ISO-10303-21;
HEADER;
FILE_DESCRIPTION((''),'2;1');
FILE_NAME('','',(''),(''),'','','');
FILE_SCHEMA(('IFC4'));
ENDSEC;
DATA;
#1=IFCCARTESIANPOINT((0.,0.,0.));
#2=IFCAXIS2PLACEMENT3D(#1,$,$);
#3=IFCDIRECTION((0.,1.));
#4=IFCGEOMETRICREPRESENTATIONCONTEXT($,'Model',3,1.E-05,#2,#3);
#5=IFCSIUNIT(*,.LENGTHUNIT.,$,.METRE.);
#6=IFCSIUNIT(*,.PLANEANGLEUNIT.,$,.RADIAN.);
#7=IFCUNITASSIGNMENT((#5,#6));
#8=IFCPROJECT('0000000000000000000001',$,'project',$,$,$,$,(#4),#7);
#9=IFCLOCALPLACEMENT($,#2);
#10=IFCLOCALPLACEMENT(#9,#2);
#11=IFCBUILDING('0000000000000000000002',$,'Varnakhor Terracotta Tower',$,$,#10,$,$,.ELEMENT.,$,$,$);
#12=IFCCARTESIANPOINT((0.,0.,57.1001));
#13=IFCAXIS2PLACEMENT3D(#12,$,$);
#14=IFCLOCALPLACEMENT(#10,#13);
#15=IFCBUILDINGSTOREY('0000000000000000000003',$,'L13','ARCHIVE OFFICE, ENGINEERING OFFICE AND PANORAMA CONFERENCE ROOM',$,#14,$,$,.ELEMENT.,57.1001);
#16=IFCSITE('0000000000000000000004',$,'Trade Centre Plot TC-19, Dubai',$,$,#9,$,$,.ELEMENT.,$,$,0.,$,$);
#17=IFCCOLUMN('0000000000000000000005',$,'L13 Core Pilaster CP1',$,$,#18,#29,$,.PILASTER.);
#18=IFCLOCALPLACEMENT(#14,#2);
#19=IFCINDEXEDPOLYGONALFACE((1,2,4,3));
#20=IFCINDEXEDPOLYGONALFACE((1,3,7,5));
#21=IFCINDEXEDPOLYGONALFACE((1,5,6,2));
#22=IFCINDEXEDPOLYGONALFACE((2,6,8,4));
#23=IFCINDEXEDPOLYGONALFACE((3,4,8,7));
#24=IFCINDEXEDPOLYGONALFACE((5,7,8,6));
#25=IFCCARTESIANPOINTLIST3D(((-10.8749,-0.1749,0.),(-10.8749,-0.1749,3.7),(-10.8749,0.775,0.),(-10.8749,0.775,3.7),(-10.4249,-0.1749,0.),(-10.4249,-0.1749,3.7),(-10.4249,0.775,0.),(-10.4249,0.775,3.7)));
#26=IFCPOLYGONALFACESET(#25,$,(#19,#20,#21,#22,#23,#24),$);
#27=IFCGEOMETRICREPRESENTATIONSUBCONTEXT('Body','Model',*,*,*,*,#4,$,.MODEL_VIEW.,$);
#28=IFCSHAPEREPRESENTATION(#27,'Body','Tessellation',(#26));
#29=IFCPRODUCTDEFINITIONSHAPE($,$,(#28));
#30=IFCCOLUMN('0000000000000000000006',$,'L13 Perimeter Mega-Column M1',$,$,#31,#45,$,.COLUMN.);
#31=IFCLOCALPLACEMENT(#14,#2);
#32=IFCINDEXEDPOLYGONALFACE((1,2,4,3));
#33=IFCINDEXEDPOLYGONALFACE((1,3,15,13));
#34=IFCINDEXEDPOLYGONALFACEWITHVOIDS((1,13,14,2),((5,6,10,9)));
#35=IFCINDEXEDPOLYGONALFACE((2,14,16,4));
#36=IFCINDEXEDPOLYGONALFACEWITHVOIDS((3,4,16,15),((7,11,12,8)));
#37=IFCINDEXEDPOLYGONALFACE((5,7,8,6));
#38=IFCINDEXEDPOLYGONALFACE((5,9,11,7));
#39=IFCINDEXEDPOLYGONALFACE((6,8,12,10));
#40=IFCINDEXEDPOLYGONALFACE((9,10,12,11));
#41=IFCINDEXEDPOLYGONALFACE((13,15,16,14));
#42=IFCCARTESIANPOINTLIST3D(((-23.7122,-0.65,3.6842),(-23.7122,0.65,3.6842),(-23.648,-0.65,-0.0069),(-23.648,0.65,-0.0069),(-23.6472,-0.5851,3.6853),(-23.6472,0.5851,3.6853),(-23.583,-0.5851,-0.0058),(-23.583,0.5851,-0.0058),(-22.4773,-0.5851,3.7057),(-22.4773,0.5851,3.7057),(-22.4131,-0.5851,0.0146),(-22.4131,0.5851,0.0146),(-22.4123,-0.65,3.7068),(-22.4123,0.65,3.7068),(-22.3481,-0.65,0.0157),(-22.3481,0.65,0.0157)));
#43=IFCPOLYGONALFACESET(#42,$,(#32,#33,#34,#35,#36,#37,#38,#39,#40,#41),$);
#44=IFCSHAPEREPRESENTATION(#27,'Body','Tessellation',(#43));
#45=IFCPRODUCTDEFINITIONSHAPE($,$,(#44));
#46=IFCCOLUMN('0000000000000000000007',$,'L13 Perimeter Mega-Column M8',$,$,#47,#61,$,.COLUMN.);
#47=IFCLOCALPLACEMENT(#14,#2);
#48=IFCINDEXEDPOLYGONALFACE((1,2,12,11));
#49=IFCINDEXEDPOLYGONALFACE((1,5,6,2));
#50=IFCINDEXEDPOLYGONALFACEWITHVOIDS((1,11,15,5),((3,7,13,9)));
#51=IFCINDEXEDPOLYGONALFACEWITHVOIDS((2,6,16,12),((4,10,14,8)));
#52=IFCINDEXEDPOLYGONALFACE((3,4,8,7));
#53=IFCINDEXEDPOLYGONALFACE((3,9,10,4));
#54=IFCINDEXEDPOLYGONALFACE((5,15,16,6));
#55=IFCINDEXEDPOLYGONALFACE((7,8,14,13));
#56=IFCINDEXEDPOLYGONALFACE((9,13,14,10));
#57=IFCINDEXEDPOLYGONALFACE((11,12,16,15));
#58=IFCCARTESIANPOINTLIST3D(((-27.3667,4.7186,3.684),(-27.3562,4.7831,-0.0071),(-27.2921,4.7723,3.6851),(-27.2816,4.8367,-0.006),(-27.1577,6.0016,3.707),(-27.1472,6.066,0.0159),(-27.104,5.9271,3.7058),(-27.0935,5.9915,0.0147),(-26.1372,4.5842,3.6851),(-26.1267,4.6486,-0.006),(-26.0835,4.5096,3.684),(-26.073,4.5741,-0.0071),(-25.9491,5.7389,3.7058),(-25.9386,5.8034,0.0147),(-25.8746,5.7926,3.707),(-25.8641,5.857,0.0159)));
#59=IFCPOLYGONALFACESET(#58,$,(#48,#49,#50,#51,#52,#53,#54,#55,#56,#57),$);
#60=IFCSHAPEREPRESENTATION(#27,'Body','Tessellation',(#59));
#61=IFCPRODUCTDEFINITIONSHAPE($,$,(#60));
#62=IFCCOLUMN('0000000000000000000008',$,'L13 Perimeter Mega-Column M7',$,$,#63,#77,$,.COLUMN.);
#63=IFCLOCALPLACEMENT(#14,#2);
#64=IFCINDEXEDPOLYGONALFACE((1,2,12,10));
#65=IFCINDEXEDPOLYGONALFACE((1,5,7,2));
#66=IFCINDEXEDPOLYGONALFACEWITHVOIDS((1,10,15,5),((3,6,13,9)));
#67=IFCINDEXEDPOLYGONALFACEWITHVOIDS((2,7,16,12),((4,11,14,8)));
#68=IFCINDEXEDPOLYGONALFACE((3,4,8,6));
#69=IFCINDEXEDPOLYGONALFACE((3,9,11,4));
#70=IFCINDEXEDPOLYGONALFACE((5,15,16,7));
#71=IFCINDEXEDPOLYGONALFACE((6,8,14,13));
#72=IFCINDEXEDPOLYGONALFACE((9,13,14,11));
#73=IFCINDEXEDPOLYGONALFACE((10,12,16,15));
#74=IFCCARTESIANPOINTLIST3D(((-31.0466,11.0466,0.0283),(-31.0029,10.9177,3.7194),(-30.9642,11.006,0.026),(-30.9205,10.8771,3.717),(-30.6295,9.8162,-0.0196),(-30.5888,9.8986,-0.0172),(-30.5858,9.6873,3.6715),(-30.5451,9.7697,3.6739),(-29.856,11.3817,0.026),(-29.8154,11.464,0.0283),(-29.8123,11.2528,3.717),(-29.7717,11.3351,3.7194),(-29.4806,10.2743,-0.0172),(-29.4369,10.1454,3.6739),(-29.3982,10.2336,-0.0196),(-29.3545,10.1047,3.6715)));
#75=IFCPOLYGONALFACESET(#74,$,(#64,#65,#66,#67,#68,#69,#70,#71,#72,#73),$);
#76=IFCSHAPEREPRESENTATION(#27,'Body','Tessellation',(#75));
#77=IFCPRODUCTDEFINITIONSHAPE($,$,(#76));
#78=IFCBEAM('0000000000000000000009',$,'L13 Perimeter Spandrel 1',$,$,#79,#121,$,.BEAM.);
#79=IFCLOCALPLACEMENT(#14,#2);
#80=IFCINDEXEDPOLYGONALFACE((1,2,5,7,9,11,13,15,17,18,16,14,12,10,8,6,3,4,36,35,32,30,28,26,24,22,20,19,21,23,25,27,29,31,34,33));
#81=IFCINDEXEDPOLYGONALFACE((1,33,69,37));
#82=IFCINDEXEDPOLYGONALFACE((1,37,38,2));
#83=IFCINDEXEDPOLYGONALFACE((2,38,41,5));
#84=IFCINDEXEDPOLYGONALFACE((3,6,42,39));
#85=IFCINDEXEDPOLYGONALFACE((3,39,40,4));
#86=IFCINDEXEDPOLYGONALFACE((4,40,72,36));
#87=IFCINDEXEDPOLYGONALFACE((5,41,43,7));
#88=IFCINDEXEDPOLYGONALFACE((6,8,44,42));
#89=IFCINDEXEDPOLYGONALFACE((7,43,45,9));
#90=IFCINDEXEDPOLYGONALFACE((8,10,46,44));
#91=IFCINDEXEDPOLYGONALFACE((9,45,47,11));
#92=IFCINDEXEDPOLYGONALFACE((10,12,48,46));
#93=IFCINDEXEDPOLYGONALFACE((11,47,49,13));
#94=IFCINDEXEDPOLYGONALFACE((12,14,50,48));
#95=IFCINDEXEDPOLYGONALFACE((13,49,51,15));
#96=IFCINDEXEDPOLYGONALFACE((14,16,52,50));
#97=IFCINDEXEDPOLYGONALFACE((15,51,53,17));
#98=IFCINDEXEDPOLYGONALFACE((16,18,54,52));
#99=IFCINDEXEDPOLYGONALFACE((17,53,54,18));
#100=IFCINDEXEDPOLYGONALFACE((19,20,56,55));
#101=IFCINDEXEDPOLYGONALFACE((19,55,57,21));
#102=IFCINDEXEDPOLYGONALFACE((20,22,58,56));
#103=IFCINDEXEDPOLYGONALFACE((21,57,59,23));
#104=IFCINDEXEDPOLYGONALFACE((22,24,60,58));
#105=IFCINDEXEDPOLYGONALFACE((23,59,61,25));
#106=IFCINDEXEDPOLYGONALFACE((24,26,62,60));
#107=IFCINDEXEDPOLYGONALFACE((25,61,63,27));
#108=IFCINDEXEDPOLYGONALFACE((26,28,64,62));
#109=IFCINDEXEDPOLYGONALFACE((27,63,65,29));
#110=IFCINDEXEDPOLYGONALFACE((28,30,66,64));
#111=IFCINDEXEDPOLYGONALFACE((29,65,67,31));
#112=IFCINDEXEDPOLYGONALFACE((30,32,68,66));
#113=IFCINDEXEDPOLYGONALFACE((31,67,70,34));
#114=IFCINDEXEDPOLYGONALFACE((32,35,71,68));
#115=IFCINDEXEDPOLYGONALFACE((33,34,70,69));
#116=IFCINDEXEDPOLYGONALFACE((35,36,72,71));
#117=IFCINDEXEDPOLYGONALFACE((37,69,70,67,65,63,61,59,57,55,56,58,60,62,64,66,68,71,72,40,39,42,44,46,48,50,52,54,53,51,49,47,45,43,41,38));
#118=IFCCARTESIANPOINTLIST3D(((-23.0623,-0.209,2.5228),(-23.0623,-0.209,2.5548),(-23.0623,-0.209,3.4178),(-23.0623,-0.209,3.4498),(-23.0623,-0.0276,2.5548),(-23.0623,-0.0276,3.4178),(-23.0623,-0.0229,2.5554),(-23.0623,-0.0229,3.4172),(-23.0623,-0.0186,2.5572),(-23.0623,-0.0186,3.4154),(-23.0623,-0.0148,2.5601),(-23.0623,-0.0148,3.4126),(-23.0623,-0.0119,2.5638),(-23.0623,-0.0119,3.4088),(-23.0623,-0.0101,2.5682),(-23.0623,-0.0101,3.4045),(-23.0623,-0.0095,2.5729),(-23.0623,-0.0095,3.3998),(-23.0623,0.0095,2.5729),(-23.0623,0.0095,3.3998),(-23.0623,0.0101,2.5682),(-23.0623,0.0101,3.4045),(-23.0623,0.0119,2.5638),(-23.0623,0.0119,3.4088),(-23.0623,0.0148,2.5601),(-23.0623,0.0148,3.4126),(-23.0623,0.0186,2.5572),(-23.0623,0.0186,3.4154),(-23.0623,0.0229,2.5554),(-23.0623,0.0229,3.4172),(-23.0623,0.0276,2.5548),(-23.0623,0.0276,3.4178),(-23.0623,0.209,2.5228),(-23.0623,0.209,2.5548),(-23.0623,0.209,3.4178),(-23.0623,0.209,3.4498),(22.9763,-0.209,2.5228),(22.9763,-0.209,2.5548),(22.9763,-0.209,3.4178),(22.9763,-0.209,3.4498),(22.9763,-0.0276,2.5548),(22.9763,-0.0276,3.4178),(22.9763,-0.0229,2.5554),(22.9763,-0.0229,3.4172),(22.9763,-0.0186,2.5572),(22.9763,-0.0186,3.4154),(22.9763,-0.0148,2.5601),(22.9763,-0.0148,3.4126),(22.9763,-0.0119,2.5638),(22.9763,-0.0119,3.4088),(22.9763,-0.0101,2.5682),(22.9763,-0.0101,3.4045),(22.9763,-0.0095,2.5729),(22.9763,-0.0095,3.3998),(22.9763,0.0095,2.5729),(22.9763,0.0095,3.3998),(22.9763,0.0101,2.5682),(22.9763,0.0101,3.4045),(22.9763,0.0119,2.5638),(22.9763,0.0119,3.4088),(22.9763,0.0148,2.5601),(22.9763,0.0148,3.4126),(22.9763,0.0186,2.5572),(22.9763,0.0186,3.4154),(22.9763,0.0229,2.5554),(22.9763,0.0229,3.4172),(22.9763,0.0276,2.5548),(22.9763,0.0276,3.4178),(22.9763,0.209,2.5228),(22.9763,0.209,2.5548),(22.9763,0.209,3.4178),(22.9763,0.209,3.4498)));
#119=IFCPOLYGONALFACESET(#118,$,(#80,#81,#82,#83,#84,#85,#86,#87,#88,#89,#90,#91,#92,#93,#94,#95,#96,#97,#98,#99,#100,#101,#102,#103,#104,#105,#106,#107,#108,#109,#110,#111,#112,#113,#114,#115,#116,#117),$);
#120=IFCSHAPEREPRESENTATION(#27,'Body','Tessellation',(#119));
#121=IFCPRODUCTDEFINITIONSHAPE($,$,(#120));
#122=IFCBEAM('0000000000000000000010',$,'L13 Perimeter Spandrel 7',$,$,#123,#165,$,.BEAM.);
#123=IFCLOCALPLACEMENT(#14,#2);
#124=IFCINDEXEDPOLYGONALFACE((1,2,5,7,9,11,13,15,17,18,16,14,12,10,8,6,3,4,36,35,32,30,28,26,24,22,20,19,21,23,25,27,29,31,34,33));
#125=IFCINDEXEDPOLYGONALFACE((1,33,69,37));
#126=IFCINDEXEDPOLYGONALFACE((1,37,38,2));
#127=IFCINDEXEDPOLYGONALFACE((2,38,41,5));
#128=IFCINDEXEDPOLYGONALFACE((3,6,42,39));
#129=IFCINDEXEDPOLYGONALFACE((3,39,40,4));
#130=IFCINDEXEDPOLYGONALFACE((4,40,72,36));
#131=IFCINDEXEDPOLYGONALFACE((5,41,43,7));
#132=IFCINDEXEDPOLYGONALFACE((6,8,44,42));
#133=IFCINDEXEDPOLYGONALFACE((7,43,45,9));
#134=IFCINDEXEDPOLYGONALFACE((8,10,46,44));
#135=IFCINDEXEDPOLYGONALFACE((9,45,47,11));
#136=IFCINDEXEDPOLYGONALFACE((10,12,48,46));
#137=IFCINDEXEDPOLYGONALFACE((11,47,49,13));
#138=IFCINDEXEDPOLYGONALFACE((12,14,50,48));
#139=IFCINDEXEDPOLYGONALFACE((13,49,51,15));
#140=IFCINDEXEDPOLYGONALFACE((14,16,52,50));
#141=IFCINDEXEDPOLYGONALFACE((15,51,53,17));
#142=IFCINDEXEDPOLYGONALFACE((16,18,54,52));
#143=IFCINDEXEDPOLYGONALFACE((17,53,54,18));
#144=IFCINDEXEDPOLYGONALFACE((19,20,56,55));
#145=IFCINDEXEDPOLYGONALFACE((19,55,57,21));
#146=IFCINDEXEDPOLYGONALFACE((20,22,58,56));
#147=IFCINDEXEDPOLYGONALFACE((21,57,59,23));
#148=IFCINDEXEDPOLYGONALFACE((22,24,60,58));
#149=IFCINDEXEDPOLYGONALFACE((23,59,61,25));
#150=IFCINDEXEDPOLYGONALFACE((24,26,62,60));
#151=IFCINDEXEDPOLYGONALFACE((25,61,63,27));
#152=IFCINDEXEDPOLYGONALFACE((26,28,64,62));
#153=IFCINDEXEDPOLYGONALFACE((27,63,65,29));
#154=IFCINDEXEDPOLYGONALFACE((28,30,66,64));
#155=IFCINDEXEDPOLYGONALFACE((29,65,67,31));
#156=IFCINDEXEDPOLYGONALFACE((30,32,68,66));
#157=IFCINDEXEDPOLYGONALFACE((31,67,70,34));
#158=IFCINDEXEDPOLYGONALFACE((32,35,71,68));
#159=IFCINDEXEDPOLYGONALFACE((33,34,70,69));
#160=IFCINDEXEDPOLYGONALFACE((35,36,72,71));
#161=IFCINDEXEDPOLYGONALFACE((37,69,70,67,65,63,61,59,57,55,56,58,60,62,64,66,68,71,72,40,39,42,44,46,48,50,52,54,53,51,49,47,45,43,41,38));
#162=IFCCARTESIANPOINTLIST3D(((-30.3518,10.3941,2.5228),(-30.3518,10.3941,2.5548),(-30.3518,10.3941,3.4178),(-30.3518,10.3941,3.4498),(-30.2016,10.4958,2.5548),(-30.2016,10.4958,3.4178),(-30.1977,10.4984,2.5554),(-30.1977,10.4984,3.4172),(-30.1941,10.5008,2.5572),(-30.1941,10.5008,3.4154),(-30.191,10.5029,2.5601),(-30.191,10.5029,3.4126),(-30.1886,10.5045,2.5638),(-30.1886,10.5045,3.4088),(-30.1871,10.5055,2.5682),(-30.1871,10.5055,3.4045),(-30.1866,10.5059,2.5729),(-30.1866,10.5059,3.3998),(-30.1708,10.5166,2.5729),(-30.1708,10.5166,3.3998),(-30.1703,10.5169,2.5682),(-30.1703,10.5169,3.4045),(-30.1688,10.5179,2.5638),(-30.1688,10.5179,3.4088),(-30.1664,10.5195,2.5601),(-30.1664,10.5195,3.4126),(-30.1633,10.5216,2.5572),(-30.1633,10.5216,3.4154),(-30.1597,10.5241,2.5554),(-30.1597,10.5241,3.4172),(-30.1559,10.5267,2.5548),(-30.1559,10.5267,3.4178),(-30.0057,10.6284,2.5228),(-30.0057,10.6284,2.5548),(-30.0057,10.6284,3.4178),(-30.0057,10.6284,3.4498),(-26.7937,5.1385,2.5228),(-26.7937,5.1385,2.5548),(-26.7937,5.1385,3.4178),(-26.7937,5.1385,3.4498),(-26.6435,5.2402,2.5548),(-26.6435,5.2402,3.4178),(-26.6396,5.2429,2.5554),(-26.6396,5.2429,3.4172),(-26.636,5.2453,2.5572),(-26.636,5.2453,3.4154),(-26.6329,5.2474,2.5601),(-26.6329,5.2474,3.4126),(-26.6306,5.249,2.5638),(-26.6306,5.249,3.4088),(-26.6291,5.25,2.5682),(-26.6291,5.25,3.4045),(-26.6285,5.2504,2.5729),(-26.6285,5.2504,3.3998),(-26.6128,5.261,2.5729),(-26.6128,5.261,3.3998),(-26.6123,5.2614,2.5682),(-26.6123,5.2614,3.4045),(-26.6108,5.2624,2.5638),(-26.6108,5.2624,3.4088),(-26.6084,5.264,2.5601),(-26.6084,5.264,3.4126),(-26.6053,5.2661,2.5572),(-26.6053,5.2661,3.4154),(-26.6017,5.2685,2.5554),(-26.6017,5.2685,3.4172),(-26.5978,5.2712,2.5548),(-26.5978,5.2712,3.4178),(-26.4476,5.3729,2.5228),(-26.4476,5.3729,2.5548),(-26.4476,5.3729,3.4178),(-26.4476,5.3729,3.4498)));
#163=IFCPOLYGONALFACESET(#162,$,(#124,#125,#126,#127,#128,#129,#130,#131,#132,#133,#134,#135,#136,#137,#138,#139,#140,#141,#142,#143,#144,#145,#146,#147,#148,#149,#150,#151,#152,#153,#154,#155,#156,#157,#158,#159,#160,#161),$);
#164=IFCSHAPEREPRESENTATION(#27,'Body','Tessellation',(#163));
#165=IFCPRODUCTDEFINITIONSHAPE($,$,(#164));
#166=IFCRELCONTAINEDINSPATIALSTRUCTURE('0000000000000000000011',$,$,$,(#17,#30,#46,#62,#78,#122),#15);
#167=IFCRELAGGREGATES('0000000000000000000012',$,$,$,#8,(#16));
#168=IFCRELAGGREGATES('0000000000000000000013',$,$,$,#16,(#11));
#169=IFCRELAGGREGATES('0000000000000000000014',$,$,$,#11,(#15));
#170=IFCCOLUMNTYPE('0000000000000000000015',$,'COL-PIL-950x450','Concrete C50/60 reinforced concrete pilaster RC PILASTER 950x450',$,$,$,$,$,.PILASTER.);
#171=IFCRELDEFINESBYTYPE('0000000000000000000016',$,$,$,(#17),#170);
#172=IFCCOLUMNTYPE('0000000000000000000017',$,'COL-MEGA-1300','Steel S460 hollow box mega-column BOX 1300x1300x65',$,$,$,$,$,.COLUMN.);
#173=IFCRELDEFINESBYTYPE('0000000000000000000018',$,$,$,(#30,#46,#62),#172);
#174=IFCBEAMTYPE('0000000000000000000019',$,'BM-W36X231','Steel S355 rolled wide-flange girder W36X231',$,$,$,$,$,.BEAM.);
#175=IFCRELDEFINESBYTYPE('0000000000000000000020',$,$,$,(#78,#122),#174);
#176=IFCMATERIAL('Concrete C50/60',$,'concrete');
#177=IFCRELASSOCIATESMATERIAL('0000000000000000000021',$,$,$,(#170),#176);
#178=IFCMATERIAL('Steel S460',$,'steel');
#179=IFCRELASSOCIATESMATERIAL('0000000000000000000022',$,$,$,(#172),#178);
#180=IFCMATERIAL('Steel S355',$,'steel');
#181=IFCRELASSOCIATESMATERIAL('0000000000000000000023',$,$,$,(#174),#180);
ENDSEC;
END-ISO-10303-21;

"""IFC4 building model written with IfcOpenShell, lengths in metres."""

from ifc_helpers import new_model, si_unit, direction, frame, origin, origin_2d, place, context, subcontext, project, spatial, rectangle, hollow_rectangle, i_section, extrude, source, transform, mapped, material, material_profile, profile_set, type_object, element, save


model = new_model("IFC4")

# Units and contexts
model_context = context("Model", 3, precision=1e-05, world=origin(), true_north=direction((0.0, 1.0)))
body_context = subcontext(model_context, "Body", "Model", "MODEL_VIEW")
ifc_project = project(units=[si_unit("LENGTHUNIT", "METRE"), si_unit("PLANEANGLEUNIT", "RADIAN")], contexts=[model_context])

# Site, building, storey
site_placement = place(None, origin())
site = spatial("IfcSite", under=ifc_project, at=site_placement, Name="Trade Centre Plot TC-19, Dubai", CompositionType="ELEMENT", RefElevation=0.0)
building_placement = place(site_placement, origin())
building = spatial("IfcBuilding", under=site, at=building_placement, Name="Varnakhor Terracotta Tower", CompositionType="ELEMENT")
storey_placement = place(building_placement, frame((0.0, 0.0, 57.1001)))
storey = spatial("IfcBuildingStorey", under=building, at=storey_placement, Name="L13", Description="ARCHIVE OFFICE, ENGINEERING OFFICE AND PANORAMA CONFERENCE ROOM", CompositionType="ELEMENT", Elevation=57.1001)

# Columns
ifc_material_1 = material(Name="Concrete C50/60", Category="concrete")
ifc_material_profile_1 = material_profile(ifc_material_1, rectangle(XDim=0.45, YDim=0.95, at=origin_2d()), Name="RC PILASTER 950x450")
ifc_profile_set_1 = profile_set([ifc_material_profile_1], Name="Concrete C50/60")
column_type_1 = type_object("IfcColumnType", Name="COL-PIL-950x450", Description="Concrete C50/60 reinforced concrete pilaster RC PILASTER 950x450", PredefinedType="PILASTER", material=ifc_profile_set_1)
shared_shape_1 = source(origin(), body_context, "Body", "SweptSolid", [
    extrude(rectangle(XDim=0.45, YDim=0.95, at=origin_2d()), origin(), (0.0, 0.0, 1.0), 3.7),
])
column_1_placement = place(storey_placement, frame((-10.6499, 0.3, 0.0), z_axis=(0.0, 0.0, 1.0), x_axis=(1.0, 0.0, 0.0)))
element("IfcColumn", 1, at=column_1_placement, inside=storey, type_object=column_type_1, Name="L13 Core Pilaster CP1", PredefinedType="PILASTER", context=body_context, shape_type="MappedRepresentation", body=[
    mapped(shared_shape_1, transform((0.0, 0.0, 0.0), scale=1.0)),
])
ifc_material_2 = material(Name="Steel S460", Category="steel")
ifc_material_profile_2 = material_profile(ifc_material_2, hollow_rectangle(XDim=1.3, YDim=1.3, WallThickness=0.0649, at=origin_2d()), Name="BOX 1300x1300x65")
ifc_profile_set_2 = profile_set([ifc_material_profile_2], Name="Steel S460")
column_type_2 = type_object("IfcColumnType", Name="COL-MEGA-1300", Description="Steel S460 hollow box mega-column BOX 1300x1300x65", PredefinedType="COLUMN", material=ifc_profile_set_2)
shared_shape_2 = source(origin(), body_context, "Body", "SweptSolid", [
    extrude(hollow_rectangle(XDim=1.3, YDim=1.3, WallThickness=0.0649, at=origin_2d()), origin(), (0.0, 0.0, 1.0), 3.6917),
])
for number, where, z_axis, x_axis, name in (
    (2, (-22.998, 0.0, 0.0044), (-0.017393, 0.0, 0.999849), (0.0, -1.0, 0.0), "L13 Perimeter Mega-Column M1"),
    (3, (-26.6101, 5.3201, 0.0044), (-0.002844, -0.017459, 0.999844), (0.986993, -0.16076, 0.0), "L13 Perimeter Mega-Column M8"),
):
    element("IfcColumn", number, at=place(storey_placement, frame(where, z_axis=z_axis, x_axis=x_axis)), inside=storey, type_object=column_type_2, Name=name, PredefinedType="COLUMN", context=body_context, shape_type="MappedRepresentation", body=[
        mapped(shared_shape_2, transform((0.0, 0.0, 0.0), scale=1.0)),
    ])
shared_shape_3 = source(origin(), body_context, "Body", "SweptSolid", [
    extrude(hollow_rectangle(XDim=1.3, YDim=1.3, WallThickness=0.0649, at=origin_2d()), origin(), (0.0, 0.0, 1.0), 3.6936),
])
column_2_placement = place(storey_placement, frame((-30.2224, 10.6401, 0.0044), z_axis=(0.011831, -0.034899, 0.999321), x_axis=(0.947057, 0.321067, 0.0)))
element("IfcColumn", 4, at=column_2_placement, inside=storey, type_object=column_type_2, Name="L13 Perimeter Mega-Column M7", PredefinedType="COLUMN", context=body_context, shape_type="MappedRepresentation", body=[
    mapped(shared_shape_3, transform((0.0, 0.0, 0.0), scale=1.0)),
])

# Beams
ifc_material_3 = material(Name="Steel S355", Category="steel")
ifc_material_profile_3 = material_profile(ifc_material_3, i_section(OverallWidth=0.418, OverallDepth=0.927, WebThickness=0.019, FlangeThickness=0.032, FilletRadius=0.0181, at=origin_2d()), Name="W36X231")
ifc_profile_set_3 = profile_set([ifc_material_profile_3], Name="Steel S355")
beam_type_1 = type_object("IfcBeamType", Name="BM-W36X231", Description="Steel S355 rolled wide-flange girder W36X231", PredefinedType="BEAM", material=ifc_profile_set_3)
shared_shape_4 = source(origin(), body_context, "Body", "SweptSolid", [
    extrude(i_section(OverallWidth=0.418, OverallDepth=0.927, WebThickness=0.019, FlangeThickness=0.032, FilletRadius=0.0181, at=origin_2d()), origin(), (0.0, 0.0, 1.0), 46.0386),
])
beam_1_placement = place(storey_placement, frame((-23.0623, 0.0, 2.9863), z_axis=(1.0, 0.0, 0.0), x_axis=(0.0, 1.0, 0.0)))
element("IfcBeam", 5, at=beam_1_placement, inside=storey, type_object=beam_type_1, Name="L13 Perimeter Spandrel 1", PredefinedType="BEAM", context=body_context, shape_type="MappedRepresentation", body=[
    mapped(shared_shape_4, transform((0.0, 0.0, 0.0), scale=1.0)),
])
shared_shape_5 = source(origin(), body_context, "Body", "SweptSolid", [
    extrude(i_section(OverallWidth=0.418, OverallDepth=0.927, WebThickness=0.019, FlangeThickness=0.032, FilletRadius=0.0181, at=origin_2d()), origin(), (0.0, 0.0, 1.0), 6.3467),
])
beam_2_placement = place(storey_placement, frame((-30.1787, 10.5112, 2.9863), z_axis=(0.560616, -0.828076, 0.0), x_axis=(0.828076, 0.560616, 0.0)))
element("IfcBeam", 6, at=beam_2_placement, inside=storey, type_object=beam_type_1, Name="L13 Perimeter Spandrel 7", PredefinedType="BEAM", context=body_context, shape_type="MappedRepresentation", body=[
    mapped(shared_shape_5, transform((0.0, 0.0, 0.0), scale=1.0)),
])

save(model, "model.ifc")
